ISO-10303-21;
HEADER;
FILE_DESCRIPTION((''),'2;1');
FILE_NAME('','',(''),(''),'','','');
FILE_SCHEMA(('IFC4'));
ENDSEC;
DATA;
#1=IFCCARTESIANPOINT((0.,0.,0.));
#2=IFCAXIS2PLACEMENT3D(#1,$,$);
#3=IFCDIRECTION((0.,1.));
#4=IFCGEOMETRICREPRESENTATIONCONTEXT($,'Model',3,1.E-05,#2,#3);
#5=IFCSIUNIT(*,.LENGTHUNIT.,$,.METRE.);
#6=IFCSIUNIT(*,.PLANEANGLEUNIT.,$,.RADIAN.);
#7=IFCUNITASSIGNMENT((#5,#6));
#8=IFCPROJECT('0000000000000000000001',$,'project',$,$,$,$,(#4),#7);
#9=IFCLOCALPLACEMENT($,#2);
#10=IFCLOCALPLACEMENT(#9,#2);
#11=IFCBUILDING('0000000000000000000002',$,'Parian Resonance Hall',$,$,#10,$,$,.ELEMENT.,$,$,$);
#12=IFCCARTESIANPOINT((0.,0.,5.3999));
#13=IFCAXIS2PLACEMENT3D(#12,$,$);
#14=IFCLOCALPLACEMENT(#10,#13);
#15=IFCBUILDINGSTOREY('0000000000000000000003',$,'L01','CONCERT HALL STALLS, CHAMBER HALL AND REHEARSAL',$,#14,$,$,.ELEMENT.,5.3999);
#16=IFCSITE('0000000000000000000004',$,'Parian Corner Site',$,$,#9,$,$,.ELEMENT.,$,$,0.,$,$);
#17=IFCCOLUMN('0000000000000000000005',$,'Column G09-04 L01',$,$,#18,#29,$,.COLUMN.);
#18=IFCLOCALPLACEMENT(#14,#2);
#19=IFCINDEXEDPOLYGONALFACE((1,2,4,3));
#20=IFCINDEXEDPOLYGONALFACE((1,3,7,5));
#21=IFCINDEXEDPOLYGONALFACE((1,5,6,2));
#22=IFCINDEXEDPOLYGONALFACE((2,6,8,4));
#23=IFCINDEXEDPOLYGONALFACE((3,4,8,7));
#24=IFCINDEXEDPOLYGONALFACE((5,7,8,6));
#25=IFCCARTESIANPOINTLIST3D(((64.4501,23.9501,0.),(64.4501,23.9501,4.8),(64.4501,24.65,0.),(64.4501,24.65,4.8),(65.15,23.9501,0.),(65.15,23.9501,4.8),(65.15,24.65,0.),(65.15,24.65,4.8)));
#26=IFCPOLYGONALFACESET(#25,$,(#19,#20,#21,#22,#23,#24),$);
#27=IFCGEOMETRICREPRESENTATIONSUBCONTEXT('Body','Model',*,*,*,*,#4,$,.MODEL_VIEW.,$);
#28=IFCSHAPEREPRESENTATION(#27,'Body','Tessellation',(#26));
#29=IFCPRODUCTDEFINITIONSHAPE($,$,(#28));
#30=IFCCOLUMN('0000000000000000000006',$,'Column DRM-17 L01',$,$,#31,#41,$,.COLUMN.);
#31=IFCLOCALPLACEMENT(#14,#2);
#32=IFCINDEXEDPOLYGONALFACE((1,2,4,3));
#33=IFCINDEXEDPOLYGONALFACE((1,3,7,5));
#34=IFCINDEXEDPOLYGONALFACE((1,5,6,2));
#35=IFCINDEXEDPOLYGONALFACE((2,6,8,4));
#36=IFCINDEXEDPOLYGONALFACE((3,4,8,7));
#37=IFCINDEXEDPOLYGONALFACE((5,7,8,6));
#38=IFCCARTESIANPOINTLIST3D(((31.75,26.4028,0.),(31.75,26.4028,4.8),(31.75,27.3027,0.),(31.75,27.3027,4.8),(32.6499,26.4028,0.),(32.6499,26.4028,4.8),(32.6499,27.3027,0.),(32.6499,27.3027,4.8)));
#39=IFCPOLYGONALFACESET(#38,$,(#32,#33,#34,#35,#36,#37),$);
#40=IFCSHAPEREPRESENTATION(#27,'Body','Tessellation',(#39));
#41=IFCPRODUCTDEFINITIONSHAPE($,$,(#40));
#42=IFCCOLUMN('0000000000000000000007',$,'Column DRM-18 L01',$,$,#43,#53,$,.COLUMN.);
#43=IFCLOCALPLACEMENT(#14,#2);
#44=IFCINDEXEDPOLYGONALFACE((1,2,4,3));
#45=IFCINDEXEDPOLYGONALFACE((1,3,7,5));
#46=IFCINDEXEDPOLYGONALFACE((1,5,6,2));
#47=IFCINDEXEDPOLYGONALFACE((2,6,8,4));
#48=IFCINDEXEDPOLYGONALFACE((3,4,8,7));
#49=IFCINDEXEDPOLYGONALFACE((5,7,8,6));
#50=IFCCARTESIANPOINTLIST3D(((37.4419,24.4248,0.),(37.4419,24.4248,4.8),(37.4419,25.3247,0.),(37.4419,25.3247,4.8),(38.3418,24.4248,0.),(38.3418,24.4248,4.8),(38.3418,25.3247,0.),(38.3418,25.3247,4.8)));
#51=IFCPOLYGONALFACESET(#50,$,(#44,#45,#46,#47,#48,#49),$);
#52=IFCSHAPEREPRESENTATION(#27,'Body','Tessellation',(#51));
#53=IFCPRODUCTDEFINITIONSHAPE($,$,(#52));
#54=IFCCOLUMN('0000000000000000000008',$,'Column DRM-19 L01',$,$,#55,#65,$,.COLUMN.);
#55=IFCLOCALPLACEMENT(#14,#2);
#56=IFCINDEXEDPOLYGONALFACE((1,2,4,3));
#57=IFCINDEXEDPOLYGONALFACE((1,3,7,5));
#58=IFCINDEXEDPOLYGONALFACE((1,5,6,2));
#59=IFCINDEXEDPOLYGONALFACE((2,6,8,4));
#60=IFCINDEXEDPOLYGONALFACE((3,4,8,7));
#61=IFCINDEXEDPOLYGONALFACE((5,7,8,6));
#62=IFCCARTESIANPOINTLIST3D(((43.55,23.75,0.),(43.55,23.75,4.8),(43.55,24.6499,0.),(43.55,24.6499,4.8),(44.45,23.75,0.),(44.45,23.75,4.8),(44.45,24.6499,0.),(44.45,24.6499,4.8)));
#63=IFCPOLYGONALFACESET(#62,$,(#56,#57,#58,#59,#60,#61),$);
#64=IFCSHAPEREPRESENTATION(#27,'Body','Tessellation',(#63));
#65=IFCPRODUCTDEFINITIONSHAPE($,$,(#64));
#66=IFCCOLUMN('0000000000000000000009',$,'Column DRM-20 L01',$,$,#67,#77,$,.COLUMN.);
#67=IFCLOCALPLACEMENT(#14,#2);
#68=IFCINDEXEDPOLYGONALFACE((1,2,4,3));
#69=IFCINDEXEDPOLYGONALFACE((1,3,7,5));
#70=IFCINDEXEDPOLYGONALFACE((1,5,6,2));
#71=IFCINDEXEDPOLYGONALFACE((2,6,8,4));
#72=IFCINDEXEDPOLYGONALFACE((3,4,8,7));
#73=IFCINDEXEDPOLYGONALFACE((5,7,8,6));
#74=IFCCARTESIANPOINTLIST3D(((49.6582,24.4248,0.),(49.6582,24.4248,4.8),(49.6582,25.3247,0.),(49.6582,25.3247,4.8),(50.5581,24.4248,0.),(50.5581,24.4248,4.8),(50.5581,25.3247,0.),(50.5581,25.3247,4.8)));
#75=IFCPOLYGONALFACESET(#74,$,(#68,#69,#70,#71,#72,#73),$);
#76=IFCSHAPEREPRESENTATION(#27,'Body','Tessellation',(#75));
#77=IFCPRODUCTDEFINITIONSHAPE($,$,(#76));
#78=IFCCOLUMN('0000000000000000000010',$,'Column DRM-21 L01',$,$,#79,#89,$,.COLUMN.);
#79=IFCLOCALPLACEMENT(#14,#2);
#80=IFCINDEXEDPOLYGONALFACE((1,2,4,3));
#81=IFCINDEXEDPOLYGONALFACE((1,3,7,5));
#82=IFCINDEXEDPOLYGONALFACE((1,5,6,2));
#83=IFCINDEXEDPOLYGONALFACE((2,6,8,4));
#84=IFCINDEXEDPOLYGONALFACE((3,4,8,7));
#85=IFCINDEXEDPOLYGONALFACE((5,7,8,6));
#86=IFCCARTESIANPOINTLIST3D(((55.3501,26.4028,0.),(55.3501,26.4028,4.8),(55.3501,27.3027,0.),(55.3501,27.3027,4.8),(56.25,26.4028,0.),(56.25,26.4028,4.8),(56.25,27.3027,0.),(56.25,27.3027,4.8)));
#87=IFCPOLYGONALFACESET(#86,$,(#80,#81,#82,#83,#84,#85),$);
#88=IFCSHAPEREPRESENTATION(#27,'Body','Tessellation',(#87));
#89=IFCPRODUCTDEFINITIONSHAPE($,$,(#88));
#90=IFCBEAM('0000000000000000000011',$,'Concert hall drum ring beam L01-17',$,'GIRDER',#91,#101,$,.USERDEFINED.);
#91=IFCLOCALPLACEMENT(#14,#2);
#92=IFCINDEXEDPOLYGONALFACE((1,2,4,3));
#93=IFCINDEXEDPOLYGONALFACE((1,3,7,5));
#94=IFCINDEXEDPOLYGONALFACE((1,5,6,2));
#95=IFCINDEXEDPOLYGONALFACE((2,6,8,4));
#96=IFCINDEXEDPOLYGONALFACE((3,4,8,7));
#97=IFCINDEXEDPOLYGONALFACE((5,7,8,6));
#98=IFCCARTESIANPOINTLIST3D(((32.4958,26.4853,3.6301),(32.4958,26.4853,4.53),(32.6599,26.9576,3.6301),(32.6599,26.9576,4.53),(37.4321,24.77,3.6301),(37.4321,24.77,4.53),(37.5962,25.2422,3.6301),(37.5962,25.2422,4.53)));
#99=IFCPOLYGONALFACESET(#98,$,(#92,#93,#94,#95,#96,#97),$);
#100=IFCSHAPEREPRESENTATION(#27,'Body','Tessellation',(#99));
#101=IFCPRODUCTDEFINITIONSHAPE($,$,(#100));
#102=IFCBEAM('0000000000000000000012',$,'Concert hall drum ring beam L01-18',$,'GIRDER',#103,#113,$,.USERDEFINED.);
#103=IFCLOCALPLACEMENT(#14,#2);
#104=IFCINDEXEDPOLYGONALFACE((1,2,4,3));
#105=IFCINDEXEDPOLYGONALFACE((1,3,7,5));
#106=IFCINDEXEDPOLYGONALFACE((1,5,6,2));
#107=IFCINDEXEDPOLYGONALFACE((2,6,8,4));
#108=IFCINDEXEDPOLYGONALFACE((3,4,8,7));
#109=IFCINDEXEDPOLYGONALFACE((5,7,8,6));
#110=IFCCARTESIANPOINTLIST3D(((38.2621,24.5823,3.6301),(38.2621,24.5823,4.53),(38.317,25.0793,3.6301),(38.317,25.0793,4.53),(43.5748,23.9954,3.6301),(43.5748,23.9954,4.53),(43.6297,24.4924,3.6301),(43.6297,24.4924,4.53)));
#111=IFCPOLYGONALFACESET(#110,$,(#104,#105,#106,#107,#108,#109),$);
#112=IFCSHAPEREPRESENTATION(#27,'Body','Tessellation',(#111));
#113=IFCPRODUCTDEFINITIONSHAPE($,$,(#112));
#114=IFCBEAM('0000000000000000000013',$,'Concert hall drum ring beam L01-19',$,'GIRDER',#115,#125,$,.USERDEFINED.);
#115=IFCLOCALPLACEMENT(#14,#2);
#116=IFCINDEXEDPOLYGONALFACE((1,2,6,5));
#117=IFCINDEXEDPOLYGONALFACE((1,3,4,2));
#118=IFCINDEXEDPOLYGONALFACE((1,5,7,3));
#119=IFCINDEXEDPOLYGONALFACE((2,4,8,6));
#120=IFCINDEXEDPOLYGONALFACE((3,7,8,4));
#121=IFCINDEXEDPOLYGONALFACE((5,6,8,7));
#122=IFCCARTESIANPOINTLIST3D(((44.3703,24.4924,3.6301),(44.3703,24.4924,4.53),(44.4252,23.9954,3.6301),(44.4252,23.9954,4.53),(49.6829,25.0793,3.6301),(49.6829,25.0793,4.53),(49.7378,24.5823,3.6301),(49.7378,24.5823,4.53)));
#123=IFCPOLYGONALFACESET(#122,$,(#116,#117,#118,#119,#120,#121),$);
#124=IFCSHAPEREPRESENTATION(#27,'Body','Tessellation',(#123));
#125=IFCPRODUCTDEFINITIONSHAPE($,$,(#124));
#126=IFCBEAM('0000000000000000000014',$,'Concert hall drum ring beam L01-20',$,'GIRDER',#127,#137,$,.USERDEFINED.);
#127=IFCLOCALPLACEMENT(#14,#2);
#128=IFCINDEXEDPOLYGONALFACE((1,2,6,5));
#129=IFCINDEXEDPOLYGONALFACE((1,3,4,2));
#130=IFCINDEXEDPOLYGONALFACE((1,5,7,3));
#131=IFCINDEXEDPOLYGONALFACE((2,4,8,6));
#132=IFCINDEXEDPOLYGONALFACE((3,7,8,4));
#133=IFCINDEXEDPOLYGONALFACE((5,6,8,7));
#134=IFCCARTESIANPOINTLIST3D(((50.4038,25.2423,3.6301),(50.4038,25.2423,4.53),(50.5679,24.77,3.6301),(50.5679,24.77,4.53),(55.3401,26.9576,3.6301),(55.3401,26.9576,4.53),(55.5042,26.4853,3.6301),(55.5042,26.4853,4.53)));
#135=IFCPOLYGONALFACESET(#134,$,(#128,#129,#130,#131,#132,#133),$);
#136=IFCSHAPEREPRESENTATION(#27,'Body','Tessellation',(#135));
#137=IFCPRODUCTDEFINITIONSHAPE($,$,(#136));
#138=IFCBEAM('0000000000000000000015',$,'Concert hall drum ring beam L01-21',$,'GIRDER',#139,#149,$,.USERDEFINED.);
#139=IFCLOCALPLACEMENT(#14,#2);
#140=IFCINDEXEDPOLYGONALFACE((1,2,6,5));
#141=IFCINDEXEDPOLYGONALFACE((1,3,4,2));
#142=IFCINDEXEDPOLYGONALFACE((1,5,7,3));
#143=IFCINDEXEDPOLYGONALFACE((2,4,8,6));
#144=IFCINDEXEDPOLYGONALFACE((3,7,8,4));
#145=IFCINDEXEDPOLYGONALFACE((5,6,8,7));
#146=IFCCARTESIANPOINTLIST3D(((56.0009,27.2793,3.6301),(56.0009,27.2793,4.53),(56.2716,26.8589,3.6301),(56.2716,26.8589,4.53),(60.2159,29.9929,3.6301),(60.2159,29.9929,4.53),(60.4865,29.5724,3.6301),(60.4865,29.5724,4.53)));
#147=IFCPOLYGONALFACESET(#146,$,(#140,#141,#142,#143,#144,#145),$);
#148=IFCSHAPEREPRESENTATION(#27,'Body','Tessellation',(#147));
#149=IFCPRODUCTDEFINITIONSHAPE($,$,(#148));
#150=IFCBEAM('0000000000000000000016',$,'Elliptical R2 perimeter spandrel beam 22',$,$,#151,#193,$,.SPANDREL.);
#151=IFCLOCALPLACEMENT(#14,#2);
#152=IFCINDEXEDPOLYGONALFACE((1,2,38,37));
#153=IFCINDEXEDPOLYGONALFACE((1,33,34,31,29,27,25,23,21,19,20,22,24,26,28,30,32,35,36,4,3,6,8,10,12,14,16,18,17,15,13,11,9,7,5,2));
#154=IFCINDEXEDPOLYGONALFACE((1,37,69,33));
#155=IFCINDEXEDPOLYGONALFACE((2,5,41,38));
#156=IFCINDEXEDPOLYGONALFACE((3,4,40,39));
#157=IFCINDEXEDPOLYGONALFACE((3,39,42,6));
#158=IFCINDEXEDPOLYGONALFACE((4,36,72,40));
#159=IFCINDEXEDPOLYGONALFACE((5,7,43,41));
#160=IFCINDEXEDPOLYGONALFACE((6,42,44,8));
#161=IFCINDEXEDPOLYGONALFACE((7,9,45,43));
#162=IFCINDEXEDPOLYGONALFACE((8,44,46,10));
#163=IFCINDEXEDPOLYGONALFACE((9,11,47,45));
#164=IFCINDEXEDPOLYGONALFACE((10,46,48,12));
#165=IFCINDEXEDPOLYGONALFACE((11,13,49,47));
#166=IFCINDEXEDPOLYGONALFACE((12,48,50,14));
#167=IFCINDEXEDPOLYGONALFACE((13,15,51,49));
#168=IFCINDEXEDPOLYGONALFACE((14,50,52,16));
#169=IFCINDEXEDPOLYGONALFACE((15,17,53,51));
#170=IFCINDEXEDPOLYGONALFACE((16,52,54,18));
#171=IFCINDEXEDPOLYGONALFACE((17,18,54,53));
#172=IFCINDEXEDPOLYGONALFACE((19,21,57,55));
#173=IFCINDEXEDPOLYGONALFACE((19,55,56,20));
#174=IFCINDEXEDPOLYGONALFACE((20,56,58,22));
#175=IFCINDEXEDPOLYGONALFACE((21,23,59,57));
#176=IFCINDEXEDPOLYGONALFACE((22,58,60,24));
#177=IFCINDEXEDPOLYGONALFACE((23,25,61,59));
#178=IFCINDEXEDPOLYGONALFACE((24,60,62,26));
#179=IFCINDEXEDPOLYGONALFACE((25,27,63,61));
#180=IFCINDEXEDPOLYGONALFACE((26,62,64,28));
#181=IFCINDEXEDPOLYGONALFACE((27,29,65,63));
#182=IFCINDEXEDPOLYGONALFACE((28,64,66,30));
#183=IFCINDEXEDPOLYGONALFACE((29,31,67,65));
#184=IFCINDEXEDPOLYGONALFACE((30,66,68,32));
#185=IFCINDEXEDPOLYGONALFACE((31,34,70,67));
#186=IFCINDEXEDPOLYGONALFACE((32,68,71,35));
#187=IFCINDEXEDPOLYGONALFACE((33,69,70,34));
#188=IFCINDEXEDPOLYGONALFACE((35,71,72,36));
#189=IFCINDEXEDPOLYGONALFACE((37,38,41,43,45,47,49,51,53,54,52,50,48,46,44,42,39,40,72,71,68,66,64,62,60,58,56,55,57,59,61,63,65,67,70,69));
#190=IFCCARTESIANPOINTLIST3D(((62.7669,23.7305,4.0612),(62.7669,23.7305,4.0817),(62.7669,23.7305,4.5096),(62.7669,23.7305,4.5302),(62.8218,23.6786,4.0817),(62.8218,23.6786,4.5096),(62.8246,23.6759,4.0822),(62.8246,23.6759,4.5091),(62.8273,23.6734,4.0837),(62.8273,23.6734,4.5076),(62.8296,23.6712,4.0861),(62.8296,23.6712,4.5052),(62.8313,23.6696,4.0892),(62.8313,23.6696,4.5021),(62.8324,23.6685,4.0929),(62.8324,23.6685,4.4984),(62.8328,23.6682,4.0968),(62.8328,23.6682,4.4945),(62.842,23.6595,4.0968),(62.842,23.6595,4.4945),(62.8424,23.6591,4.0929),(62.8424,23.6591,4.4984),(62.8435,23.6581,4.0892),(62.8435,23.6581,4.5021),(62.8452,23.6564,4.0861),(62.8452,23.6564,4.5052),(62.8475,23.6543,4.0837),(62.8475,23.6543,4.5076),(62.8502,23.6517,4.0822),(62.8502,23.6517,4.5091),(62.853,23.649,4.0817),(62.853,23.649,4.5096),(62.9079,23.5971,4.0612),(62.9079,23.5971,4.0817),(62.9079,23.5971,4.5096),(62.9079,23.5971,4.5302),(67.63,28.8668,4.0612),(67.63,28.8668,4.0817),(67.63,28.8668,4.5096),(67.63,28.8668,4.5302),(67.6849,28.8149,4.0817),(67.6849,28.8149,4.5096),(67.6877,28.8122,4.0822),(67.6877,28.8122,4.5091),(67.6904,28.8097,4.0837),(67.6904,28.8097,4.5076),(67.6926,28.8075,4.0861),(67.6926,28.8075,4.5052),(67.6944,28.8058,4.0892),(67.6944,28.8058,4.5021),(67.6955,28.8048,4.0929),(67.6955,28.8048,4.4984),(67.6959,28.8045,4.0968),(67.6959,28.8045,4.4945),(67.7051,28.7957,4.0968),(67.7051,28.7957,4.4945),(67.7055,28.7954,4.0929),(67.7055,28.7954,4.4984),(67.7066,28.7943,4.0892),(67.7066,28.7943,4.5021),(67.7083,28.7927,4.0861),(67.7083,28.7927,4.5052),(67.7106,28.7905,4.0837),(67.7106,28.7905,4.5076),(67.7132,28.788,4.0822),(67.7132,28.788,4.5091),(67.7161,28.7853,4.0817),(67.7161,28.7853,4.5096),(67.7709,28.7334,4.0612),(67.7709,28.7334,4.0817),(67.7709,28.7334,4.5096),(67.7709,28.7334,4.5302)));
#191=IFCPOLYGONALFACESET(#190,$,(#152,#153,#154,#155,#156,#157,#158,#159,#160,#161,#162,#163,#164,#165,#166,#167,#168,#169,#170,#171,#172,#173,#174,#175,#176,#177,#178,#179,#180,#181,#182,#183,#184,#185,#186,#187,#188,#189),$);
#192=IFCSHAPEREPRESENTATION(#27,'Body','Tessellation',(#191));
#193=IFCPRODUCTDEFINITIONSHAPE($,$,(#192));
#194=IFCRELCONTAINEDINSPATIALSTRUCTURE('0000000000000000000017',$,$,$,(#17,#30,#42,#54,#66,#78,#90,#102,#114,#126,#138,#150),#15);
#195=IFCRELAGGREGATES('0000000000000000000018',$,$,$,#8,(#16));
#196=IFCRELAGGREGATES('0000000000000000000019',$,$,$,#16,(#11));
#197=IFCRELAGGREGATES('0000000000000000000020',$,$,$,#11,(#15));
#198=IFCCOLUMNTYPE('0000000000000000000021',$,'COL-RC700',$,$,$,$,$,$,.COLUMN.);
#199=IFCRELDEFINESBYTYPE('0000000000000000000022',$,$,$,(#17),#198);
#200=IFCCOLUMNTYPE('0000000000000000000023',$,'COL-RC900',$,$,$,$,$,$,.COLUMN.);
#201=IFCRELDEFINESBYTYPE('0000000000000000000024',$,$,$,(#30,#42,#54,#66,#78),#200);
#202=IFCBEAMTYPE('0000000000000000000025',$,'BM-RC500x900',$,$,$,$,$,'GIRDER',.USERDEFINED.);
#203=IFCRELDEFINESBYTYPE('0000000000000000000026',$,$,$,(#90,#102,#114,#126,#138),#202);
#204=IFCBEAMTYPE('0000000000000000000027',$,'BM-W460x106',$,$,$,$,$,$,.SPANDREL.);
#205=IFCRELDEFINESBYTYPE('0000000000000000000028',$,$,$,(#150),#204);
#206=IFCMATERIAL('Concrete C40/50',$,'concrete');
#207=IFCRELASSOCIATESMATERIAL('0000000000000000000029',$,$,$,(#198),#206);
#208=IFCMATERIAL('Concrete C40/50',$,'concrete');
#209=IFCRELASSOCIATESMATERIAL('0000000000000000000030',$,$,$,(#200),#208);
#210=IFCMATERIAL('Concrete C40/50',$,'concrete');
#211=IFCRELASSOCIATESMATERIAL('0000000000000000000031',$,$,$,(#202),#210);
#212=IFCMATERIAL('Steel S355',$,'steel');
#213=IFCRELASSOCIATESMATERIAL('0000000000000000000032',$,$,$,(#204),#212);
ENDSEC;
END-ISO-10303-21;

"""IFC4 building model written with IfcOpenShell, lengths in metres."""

from ifc_helpers import new_model, si_unit, direction, frame, origin, origin_2d, place, context, subcontext, project, spatial, rectangle, i_section, extrude, material, material_profile, profile_set, type_object, element, save


model = new_model("IFC4")

# Units and contexts
model_context = context("Model", 3, precision=1e-05, world=origin(), true_north=direction((0.0, 1.0)))
body_context = subcontext(model_context, "Body", "Model", "MODEL_VIEW")
ifc_project = project(units=[si_unit("LENGTHUNIT", "METRE"), si_unit("PLANEANGLEUNIT", "RADIAN")], contexts=[model_context])

# Site, building, storey
site_placement = place(None, origin())
site = spatial("IfcSite", under=ifc_project, at=site_placement, Name="Parian Corner Site", CompositionType="ELEMENT", RefElevation=0.0)
building_placement = place(site_placement, origin())
building = spatial("IfcBuilding", under=site, at=building_placement, Name="Parian Resonance Hall", CompositionType="ELEMENT")
storey_placement = place(building_placement, frame((0.0, 0.0, 5.3999)))
storey = spatial("IfcBuildingStorey", under=building, at=storey_placement, Name="L01", Description="CONCERT HALL STALLS, CHAMBER HALL AND REHEARSAL", CompositionType="ELEMENT", Elevation=5.3999)

# Columns
ifc_material_1 = material(Name="Concrete C40/50", Category="concrete")
ifc_material_profile_1 = material_profile(ifc_material_1, rectangle(XDim=0.7, YDim=0.7, at=origin_2d()), Name="RC-COL-700x700")
ifc_profile_set_1 = profile_set([ifc_material_profile_1], Name="Concrete C40/50")
column_type_1 = type_object("IfcColumnType", Name="COL-RC700", PredefinedType="COLUMN", material=ifc_profile_set_1)
column_placement = place(storey_placement, frame((64.8, 24.3, 0.0), z_axis=(0.0, 0.0, 1.0), x_axis=(1.0, 0.0, 0.0)))
element("IfcColumn", 1, at=column_placement, inside=storey, type_object=column_type_1, Name="Column G09-04 L01", PredefinedType="COLUMN", context=body_context, shape_type="SweptSolid", body=[
    extrude(rectangle(XDim=0.7, YDim=0.7, at=origin_2d()), origin(), (0.0, 0.0, 1.0), 4.8),
])
ifc_material_2 = material(Name="Concrete C40/50", Category="concrete")
ifc_material_profile_2 = material_profile(ifc_material_2, rectangle(XDim=0.8999, YDim=0.8999, at=origin_2d()), Name="RC-COL-900x900")
ifc_profile_set_2 = profile_set([ifc_material_profile_2], Name="Concrete C40/50")
column_type_2 = type_object("IfcColumnType", Name="COL-RC900", PredefinedType="COLUMN", material=ifc_profile_set_2)
for number, where, z_axis, x_axis, name in (
    (2, (32.2, 26.8528, 0.0), (0.0, 0.0, 1.0), (1.0, 0.0, 0.0), "Column DRM-17 L01"),
    (3, (37.8918, 24.8748, 0.0), (0.0, 0.0, 1.0), (1.0, 0.0, 0.0), "Column DRM-18 L01"),
    (4, (44.0, 24.2, 0.0), (0.0, 0.0, 1.0), (1.0, 0.0, 0.0), "Column DRM-19 L01"),
    (5, (50.1082, 24.8748, 0.0), (0.0, 0.0, 1.0), (1.0, 0.0, 0.0), "Column DRM-20 L01"),
    (6, (55.8, 26.8528, 0.0), (0.0, 0.0, 1.0), (1.0, 0.0, 0.0), "Column DRM-21 L01"),
):
    element("IfcColumn", number, at=place(storey_placement, frame(where, z_axis=z_axis, x_axis=x_axis)), inside=storey, type_object=column_type_2, Name=name, PredefinedType="COLUMN", context=body_context, shape_type="SweptSolid", body=[
        extrude(rectangle(XDim=0.8999, YDim=0.8999, at=origin_2d()), origin(), (0.0, 0.0, 1.0), 4.8),
    ])

# Beams
ifc_material_3 = material(Name="Concrete C40/50", Category="concrete")
ifc_material_profile_3 = material_profile(ifc_material_3, rectangle(XDim=0.5, YDim=0.8999, at=origin_2d()), Name="RC-BM-500x900")
ifc_profile_set_3 = profile_set([ifc_material_profile_3], Name="Concrete C40/50")
beam_type_1 = type_object("IfcBeamType", Name="BM-RC500x900", ElementType="GIRDER", PredefinedType="USERDEFINED", material=ifc_profile_set_3)
beam_1_placement = place(storey_placement, frame((32.5779, 26.7214, 4.0801), z_axis=(0.944594, -0.328242, 0.0), x_axis=(0.328242, 0.944594, 0.0)))
element("IfcBeam", 7, at=beam_1_placement, inside=storey, type_object=beam_type_1, Name="Concert hall drum ring beam L01-17", ObjectType="GIRDER", PredefinedType="USERDEFINED", context=body_context, shape_type="SweptSolid", body=[
    extrude(rectangle(XDim=0.5, YDim=0.8999, at=origin_2d()), origin(), (0.0, 0.0, 1.0), 5.2258),
])
for number, where, z_axis, x_axis, name in (
    (8, (38.2896, 24.8308, 4.0801), (0.993953, -0.109805, 0.0), (0.109805, 0.993953, 0.0), "Concert hall drum ring beam L01-18"),
    (9, (44.3977, 24.2439, 4.0801), (0.993953, 0.109805, 0.0), (-0.109805, 0.993953, 0.0), "Concert hall drum ring beam L01-19"),
):
    element("IfcBeam", number, at=place(storey_placement, frame(where, z_axis=z_axis, x_axis=x_axis)), inside=storey, type_object=beam_type_1, Name=name, ObjectType="GIRDER", PredefinedType="USERDEFINED", context=body_context, shape_type="SweptSolid", body=[
        extrude(rectangle(XDim=0.5, YDim=0.8999, at=origin_2d()), origin(), (0.0, 0.0, 1.0), 5.345),
    ])
beam_2_placement = place(storey_placement, frame((50.4858, 25.0061, 4.0801), z_axis=(0.944594, 0.328242, 0.0), x_axis=(-0.328242, 0.944594, 0.0)))
element("IfcBeam", 10, at=beam_2_placement, inside=storey, type_object=beam_type_1, Name="Concert hall drum ring beam L01-20", ObjectType="GIRDER", PredefinedType="USERDEFINED", context=body_context, shape_type="SweptSolid", body=[
    extrude(rectangle(XDim=0.5, YDim=0.8999, at=origin_2d()), origin(), (0.0, 0.0, 1.0), 5.2258),
])
beam_3_placement = place(storey_placement, frame((56.1362, 27.0691, 4.0801), z_axis=(0.840822, 0.541311, 0.0), x_axis=(-0.541311, 0.840822, 0.0)))
element("IfcBeam", 11, at=beam_3_placement, inside=storey, type_object=beam_type_1, Name="Concert hall drum ring beam L01-21", ObjectType="GIRDER", PredefinedType="USERDEFINED", context=body_context, shape_type="SweptSolid", body=[
    extrude(rectangle(XDim=0.5, YDim=0.8999, at=origin_2d()), origin(), (0.0, 0.0, 1.0), 5.0129),
])
ifc_material_4 = material(Name="Steel S355", Category="steel")
ifc_material_profile_4 = material_profile(ifc_material_4, i_section(OverallWidth=0.1941, OverallDepth=0.469, WebThickness=0.0127, FlangeThickness=0.0205, FilletRadius=0.0151, at=origin_2d()), Name="W460x106")
ifc_profile_set_4 = profile_set([ifc_material_profile_4], Name="Steel S355")
beam_type_2 = type_object("IfcBeamType", Name="BM-W460x106", PredefinedType="SPANDREL", material=ifc_profile_set_4)
beam_4_placement = place(storey_placement, frame((62.8374, 23.6638, 4.2957), z_axis=(0.687531, 0.726155, 0.0), x_axis=(-0.726155, 0.687531, 0.0)))
element("IfcBeam", 12, at=beam_4_placement, inside=storey, type_object=beam_type_2, Name="Elliptical R2 perimeter spandrel beam 22", PredefinedType="SPANDREL", context=body_context, shape_type="SweptSolid", body=[
    extrude(i_section(OverallWidth=0.1941, OverallDepth=0.469, WebThickness=0.0127, FlangeThickness=0.0205, FilletRadius=0.0151, at=origin_2d()), origin(), (0.0, 0.0, 1.0), 7.0732),
])

save(model, "model.ifc")
